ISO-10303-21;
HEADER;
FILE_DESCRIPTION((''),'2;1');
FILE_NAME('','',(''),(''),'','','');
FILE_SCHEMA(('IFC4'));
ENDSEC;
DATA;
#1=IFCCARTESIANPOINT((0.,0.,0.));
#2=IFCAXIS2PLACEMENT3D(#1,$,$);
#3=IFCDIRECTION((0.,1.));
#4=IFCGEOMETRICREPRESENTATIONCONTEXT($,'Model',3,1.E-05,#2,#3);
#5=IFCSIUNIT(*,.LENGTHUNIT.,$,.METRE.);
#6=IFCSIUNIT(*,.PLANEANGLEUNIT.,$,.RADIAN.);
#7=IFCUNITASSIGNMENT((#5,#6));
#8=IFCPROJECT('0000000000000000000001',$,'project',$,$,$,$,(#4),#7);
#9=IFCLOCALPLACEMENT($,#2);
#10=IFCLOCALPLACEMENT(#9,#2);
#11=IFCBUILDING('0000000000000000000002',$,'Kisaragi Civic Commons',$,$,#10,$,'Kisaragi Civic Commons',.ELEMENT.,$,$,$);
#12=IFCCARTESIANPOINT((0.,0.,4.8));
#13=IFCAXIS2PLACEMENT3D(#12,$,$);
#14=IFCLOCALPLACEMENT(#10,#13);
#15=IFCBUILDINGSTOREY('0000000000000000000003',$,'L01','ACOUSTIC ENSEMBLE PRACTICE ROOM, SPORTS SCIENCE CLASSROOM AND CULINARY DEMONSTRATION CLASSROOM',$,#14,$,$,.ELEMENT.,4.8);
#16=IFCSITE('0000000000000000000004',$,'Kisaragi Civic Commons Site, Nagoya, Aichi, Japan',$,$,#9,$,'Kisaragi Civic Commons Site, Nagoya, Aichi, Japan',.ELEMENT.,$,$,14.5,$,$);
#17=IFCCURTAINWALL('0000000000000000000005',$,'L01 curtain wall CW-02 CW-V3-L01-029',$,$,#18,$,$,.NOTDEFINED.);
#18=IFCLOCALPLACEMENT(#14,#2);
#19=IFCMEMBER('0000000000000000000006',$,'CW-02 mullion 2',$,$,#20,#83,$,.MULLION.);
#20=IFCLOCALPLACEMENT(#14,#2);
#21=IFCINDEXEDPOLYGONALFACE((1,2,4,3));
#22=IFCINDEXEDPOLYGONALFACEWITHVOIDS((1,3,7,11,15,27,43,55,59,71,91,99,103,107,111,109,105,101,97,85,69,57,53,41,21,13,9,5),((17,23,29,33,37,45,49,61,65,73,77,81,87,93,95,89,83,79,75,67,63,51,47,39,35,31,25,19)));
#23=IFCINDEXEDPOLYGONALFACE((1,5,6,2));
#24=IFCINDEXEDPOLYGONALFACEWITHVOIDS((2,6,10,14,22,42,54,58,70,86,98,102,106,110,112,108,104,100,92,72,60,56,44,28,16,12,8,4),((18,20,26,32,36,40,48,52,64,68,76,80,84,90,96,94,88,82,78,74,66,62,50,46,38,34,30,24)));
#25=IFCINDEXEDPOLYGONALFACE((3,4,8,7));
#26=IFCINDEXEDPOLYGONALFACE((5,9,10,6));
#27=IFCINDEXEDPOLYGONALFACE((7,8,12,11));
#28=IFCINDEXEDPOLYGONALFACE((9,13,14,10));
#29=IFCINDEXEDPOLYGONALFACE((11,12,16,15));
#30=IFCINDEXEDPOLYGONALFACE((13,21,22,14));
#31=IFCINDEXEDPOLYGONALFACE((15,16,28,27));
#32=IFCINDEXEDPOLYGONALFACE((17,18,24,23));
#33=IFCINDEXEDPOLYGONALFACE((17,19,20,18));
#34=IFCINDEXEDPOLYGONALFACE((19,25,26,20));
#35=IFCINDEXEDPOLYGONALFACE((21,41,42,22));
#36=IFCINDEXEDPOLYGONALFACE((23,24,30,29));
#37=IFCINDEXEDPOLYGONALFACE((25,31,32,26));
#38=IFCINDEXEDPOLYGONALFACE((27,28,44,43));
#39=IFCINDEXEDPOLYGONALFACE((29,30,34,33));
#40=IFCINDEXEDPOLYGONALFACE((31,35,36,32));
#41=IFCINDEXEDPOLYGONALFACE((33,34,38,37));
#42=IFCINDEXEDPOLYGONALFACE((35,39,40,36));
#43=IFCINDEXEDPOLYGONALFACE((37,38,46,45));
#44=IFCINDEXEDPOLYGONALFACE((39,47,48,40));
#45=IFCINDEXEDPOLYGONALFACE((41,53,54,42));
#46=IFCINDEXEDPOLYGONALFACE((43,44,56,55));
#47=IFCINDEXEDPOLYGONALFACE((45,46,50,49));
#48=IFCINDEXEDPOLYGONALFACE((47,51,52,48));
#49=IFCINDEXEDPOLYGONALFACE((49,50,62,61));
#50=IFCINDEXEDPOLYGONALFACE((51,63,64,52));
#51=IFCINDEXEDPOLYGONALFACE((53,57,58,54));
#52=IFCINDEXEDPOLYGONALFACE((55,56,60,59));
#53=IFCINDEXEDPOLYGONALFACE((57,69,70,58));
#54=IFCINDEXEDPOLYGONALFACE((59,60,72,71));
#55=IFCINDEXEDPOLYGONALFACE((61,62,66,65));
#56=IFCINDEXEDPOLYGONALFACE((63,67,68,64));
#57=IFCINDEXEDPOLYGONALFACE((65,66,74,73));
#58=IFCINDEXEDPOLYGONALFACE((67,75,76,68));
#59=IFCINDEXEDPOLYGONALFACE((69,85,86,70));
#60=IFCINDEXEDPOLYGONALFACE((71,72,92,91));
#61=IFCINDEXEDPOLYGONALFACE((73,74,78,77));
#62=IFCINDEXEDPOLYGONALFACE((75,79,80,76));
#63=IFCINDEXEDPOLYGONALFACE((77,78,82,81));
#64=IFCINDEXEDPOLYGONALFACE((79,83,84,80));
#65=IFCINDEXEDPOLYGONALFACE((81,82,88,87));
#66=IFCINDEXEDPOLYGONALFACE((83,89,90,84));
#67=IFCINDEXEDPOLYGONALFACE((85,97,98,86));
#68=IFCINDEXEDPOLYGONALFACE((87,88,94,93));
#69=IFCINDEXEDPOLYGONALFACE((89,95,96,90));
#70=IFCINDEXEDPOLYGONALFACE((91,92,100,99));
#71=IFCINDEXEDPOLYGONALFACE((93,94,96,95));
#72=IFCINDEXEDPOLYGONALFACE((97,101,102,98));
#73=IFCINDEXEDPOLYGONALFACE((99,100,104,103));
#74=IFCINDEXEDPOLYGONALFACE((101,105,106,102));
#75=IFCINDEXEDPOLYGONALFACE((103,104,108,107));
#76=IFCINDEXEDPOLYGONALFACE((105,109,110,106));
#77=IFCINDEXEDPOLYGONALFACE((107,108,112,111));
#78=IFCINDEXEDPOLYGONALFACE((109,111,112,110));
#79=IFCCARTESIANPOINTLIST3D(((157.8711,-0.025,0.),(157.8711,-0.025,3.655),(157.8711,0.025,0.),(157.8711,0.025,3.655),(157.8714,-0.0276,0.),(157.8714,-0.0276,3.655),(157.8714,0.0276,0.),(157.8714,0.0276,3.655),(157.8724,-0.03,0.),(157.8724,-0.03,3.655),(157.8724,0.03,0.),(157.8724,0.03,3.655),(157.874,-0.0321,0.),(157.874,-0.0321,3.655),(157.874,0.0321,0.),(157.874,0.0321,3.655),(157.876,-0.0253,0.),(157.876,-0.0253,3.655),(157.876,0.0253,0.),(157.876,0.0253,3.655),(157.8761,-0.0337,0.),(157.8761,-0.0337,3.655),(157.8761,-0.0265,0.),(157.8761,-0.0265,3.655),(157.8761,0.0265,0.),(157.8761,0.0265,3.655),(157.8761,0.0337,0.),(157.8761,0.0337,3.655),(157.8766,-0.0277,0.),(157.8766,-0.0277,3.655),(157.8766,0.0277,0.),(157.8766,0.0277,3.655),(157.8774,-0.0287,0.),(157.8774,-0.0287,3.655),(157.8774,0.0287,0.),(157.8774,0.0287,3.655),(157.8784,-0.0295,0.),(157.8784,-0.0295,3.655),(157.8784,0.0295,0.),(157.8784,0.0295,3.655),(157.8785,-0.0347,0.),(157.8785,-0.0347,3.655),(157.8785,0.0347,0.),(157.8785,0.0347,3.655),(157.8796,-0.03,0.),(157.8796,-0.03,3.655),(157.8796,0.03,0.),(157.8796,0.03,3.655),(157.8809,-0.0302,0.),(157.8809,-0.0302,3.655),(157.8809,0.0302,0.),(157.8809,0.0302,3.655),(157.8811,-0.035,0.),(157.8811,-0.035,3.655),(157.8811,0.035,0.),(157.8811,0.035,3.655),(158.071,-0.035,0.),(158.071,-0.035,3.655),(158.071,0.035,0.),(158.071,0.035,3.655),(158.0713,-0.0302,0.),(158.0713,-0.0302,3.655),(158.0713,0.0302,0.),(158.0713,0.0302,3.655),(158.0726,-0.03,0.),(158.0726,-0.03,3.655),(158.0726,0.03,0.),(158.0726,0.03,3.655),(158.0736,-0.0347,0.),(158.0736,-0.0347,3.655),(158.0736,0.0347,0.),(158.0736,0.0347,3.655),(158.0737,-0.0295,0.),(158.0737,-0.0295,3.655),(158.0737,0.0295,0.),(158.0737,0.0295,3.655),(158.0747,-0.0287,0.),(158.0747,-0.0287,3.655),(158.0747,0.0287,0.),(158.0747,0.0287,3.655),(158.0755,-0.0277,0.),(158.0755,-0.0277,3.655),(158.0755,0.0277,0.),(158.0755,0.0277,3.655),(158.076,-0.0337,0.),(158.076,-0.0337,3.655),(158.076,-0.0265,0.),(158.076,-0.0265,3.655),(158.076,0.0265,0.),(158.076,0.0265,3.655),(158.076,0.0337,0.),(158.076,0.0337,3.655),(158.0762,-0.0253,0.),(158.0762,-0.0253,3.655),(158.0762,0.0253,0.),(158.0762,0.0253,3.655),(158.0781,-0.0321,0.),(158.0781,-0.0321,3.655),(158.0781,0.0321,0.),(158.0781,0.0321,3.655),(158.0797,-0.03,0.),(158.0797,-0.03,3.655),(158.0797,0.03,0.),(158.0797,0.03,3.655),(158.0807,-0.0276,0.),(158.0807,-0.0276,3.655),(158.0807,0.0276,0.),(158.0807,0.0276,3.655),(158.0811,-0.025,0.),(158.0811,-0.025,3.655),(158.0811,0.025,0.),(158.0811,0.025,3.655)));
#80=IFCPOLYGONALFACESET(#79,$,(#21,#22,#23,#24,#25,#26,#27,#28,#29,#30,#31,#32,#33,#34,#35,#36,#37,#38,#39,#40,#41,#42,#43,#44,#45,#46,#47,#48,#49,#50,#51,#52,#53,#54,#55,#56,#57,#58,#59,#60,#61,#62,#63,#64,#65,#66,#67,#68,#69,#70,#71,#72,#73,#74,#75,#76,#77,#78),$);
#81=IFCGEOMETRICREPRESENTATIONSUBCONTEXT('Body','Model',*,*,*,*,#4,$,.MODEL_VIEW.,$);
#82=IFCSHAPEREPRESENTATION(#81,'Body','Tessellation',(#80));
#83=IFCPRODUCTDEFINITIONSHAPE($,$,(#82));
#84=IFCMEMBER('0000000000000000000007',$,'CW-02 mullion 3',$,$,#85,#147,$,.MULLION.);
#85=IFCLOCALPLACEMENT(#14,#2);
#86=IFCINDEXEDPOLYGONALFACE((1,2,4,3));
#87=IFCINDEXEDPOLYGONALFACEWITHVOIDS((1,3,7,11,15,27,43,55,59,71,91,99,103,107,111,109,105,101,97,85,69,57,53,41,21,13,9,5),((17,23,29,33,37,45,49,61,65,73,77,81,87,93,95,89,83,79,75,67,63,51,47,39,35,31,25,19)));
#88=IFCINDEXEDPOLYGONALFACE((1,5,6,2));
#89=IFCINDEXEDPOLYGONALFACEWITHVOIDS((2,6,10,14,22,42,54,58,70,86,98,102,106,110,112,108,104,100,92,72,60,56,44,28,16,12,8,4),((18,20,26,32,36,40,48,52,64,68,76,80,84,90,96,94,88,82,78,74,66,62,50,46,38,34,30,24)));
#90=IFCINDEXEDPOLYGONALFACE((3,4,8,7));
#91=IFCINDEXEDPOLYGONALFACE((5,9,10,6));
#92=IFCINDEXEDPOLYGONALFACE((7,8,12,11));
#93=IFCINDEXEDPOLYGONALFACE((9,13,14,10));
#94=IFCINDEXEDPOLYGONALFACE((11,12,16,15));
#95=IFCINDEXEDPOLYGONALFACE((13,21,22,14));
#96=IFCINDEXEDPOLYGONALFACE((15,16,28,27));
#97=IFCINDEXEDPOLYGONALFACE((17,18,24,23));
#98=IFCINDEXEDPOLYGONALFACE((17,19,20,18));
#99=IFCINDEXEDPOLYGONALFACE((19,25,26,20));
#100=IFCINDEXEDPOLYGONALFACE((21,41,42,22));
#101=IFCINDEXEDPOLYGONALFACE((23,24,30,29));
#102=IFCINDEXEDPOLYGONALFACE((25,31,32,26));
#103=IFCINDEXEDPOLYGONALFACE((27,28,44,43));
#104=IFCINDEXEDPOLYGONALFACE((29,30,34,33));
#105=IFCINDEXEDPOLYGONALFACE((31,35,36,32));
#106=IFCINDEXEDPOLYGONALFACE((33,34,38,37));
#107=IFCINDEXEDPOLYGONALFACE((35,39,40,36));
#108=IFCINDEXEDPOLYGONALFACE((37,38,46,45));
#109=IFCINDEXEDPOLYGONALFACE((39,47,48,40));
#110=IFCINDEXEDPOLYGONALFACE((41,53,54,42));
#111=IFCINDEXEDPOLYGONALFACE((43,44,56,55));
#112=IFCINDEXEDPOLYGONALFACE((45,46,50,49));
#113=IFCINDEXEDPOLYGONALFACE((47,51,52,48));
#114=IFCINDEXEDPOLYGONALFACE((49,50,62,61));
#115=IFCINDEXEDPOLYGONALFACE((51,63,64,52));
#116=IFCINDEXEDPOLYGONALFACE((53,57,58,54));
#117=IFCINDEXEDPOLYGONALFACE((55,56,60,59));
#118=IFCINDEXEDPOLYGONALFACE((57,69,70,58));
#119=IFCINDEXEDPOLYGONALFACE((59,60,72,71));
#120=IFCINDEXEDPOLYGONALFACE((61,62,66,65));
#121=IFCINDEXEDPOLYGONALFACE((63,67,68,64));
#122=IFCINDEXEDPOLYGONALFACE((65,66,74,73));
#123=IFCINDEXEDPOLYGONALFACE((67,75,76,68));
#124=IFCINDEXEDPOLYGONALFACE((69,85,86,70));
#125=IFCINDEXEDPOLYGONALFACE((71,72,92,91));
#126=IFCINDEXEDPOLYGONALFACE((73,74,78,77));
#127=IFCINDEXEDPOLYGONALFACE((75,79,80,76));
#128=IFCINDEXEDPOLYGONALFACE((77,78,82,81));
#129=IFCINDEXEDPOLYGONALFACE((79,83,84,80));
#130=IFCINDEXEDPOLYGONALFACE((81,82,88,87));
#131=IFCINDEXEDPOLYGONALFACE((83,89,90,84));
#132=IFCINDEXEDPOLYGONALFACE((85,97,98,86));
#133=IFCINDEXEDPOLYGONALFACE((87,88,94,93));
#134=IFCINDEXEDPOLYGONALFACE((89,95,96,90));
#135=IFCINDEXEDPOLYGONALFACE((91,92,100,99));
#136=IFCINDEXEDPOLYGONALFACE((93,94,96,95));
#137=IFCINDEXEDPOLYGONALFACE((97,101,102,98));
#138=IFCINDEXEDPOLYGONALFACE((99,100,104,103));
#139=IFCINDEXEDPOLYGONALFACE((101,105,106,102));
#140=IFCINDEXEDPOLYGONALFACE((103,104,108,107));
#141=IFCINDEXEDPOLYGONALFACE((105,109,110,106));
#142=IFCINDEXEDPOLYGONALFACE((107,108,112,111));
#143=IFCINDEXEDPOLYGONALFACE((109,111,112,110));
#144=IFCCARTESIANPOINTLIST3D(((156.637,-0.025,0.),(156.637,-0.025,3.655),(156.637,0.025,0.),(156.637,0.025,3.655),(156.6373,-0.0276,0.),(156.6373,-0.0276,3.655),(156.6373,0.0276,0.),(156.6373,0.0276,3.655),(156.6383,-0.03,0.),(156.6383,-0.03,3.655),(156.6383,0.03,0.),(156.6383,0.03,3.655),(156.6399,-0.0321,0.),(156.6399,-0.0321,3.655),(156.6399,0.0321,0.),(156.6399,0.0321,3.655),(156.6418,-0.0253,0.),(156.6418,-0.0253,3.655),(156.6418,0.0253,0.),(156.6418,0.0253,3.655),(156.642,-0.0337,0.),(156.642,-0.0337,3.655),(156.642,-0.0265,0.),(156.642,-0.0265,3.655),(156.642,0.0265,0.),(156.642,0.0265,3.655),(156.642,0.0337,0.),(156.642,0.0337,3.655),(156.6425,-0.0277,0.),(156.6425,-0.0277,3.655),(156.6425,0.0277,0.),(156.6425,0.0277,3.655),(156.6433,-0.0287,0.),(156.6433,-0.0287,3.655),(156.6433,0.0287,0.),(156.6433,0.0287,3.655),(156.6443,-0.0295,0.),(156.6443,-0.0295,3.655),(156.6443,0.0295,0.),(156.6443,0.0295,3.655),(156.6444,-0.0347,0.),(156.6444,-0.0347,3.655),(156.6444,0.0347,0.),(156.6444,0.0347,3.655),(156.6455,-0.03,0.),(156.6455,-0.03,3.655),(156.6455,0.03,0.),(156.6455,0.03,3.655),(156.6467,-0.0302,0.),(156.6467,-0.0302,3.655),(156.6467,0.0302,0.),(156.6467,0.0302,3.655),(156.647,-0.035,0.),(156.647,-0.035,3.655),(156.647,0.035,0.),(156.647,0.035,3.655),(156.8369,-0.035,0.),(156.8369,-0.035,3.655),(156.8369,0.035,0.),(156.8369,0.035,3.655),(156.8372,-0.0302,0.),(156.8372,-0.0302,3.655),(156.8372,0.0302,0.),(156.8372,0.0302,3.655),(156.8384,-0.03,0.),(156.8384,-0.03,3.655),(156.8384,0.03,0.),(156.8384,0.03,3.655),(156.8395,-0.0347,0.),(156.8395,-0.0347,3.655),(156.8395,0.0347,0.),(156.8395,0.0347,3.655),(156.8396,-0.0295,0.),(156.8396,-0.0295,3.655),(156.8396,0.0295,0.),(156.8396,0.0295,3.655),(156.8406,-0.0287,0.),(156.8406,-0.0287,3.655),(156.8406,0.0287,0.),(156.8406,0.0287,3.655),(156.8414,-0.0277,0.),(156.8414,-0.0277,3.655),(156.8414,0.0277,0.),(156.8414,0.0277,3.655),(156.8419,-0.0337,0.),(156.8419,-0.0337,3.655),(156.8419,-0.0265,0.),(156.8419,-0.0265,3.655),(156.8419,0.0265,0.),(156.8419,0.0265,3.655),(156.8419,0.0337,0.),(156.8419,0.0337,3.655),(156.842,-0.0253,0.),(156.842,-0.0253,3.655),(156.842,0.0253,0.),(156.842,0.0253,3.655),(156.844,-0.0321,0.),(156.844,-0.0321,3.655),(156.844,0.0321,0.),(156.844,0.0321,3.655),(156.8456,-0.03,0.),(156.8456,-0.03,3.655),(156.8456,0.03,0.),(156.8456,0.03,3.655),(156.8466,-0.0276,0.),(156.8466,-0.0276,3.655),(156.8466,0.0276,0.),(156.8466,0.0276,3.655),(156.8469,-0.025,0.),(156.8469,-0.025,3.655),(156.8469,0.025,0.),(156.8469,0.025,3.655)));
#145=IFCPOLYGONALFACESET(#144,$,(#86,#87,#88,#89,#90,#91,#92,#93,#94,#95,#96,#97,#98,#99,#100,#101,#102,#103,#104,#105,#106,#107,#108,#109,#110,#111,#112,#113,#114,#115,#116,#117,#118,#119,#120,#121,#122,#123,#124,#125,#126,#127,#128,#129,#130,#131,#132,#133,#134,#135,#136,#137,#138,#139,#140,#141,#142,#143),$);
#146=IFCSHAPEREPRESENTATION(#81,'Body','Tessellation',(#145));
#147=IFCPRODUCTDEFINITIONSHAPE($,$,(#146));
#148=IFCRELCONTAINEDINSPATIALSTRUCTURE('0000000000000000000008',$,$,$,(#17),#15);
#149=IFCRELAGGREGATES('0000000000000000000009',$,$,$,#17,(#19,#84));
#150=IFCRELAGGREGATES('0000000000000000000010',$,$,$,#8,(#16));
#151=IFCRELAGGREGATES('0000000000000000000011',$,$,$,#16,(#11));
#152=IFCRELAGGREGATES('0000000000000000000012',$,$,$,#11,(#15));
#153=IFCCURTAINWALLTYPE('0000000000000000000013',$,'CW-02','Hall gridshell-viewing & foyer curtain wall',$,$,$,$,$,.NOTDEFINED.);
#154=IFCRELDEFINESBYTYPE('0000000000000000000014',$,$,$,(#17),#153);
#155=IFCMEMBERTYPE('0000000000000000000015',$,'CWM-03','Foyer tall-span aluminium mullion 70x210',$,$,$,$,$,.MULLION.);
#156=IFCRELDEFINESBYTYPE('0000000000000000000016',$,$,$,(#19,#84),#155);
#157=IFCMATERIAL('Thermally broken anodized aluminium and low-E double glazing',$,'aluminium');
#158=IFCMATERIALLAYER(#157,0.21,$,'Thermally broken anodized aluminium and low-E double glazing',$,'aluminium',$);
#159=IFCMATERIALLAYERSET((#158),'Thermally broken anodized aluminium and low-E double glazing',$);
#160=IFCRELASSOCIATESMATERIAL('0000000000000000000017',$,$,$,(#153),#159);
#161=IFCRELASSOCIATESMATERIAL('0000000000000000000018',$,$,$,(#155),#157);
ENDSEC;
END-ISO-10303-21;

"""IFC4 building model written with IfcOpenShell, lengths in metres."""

from ifc_helpers import new_model, si_unit, direction, frame, origin, origin_2d, place, context, subcontext, project, spatial, hollow_rectangle, extrude, material, layer, layer_set, material_profile, profile_set, type_object, element, aggregate, save


model = new_model("IFC4")

# Units and contexts
model_context = context("Model", 3, precision=1e-05, world=origin(), true_north=direction((0.0, 1.0)))
body_context = subcontext(model_context, "Body", "Model", "MODEL_VIEW")
ifc_project = project(units=[si_unit("LENGTHUNIT", "METRE"), si_unit("PLANEANGLEUNIT", "RADIAN")], contexts=[model_context])

# Site, building, storey
site_placement = place(None, origin())
site = spatial("IfcSite", under=ifc_project, at=site_placement, Name="Kisaragi Civic Commons Site, Nagoya, Aichi, Japan", LongName="Kisaragi Civic Commons Site, Nagoya, Aichi, Japan", CompositionType="ELEMENT", RefElevation=14.5)
building_placement = place(site_placement, origin())
building = spatial("IfcBuilding", under=site, at=building_placement, Name="Kisaragi Civic Commons", LongName="Kisaragi Civic Commons", CompositionType="ELEMENT")
storey_placement = place(building_placement, frame((0.0, 0.0, 4.8)))
storey = spatial("IfcBuildingStorey", under=building, at=storey_placement, Name="L01", Description="ACOUSTIC ENSEMBLE PRACTICE ROOM, SPORTS SCIENCE CLASSROOM AND CULINARY DEMONSTRATION CLASSROOM", CompositionType="ELEMENT", Elevation=4.8)

# Curtain wall, members
ifc_material = material(Name="Thermally broken anodized aluminium and low-E double glazing", Category="aluminium")
ifc_layer_1 = layer(ifc_material, 0.21, Name="Thermally broken anodized aluminium and low-E double glazing", Category="aluminium")
ifc_layer_set_1 = layer_set([ifc_layer_1], Name="Thermally broken anodized aluminium and low-E double glazing")
curtain_wall_type = type_object("IfcCurtainWallType", Name="CW-02", Description="Hall gridshell-viewing & foyer curtain wall", PredefinedType="NOTDEFINED", material=ifc_layer_set_1)
curtain_wall_placement = place(storey_placement, origin())
curtain_wall = element("IfcCurtainWall", 1, at=curtain_wall_placement, inside=storey, type_object=curtain_wall_type, Name="L01 curtain wall CW-02 CW-V3-L01-029", PredefinedType="NOTDEFINED")
ifc_material_profile_1 = material_profile(ifc_material, hollow_rectangle(XDim=0.0701, YDim=0.21, WallThickness=0.0049, InnerFilletRadius=0.0049, OuterFilletRadius=0.01, at=origin_2d()), Name="CWM-70x210x5", Category="aluminium")
ifc_profile_set_1 = profile_set([ifc_material_profile_1], Name="Thermally broken anodized aluminium and low-E double glazing")
member_type_1 = type_object("IfcMemberType", Name="CWM-03", Description="Foyer tall-span aluminium mullion 70x210", PredefinedType="MULLION", material=ifc_profile_set_1)
member_1_placement = place(storey_placement, frame((157.9761, 0.0, 0.0), z_axis=(0.0, 0.0, 1.0), x_axis=(0.0, -1.0, 0.0)))
member_1 = element("IfcMember", 2, at=member_1_placement, type_object=member_type_1, Name="CW-02 mullion 2", PredefinedType="MULLION", context=body_context, shape_type="SweptSolid", body=[
    extrude(hollow_rectangle(XDim=0.0701, YDim=0.21, WallThickness=0.0049, InnerFilletRadius=0.0049, OuterFilletRadius=0.01, at=origin_2d()), origin(), (0.0, 0.0, 1.0), 3.655),
])
member_2_placement = place(storey_placement, frame((156.7419, 0.0, 0.0), z_axis=(0.0, 0.0, 1.0), x_axis=(0.0, -1.0, 0.0)))
member_2 = element("IfcMember", 3, at=member_2_placement, type_object=member_type_1, Name="CW-02 mullion 3", PredefinedType="MULLION", context=body_context, shape_type="SweptSolid", body=[
    extrude(hollow_rectangle(XDim=0.0701, YDim=0.21, WallThickness=0.0049, InnerFilletRadius=0.0049, OuterFilletRadius=0.01, at=origin_2d()), origin(), (0.0, 0.0, 1.0), 3.655),
])
aggregate(curtain_wall, [member_1, member_2])

save(model, "model.ifc")
